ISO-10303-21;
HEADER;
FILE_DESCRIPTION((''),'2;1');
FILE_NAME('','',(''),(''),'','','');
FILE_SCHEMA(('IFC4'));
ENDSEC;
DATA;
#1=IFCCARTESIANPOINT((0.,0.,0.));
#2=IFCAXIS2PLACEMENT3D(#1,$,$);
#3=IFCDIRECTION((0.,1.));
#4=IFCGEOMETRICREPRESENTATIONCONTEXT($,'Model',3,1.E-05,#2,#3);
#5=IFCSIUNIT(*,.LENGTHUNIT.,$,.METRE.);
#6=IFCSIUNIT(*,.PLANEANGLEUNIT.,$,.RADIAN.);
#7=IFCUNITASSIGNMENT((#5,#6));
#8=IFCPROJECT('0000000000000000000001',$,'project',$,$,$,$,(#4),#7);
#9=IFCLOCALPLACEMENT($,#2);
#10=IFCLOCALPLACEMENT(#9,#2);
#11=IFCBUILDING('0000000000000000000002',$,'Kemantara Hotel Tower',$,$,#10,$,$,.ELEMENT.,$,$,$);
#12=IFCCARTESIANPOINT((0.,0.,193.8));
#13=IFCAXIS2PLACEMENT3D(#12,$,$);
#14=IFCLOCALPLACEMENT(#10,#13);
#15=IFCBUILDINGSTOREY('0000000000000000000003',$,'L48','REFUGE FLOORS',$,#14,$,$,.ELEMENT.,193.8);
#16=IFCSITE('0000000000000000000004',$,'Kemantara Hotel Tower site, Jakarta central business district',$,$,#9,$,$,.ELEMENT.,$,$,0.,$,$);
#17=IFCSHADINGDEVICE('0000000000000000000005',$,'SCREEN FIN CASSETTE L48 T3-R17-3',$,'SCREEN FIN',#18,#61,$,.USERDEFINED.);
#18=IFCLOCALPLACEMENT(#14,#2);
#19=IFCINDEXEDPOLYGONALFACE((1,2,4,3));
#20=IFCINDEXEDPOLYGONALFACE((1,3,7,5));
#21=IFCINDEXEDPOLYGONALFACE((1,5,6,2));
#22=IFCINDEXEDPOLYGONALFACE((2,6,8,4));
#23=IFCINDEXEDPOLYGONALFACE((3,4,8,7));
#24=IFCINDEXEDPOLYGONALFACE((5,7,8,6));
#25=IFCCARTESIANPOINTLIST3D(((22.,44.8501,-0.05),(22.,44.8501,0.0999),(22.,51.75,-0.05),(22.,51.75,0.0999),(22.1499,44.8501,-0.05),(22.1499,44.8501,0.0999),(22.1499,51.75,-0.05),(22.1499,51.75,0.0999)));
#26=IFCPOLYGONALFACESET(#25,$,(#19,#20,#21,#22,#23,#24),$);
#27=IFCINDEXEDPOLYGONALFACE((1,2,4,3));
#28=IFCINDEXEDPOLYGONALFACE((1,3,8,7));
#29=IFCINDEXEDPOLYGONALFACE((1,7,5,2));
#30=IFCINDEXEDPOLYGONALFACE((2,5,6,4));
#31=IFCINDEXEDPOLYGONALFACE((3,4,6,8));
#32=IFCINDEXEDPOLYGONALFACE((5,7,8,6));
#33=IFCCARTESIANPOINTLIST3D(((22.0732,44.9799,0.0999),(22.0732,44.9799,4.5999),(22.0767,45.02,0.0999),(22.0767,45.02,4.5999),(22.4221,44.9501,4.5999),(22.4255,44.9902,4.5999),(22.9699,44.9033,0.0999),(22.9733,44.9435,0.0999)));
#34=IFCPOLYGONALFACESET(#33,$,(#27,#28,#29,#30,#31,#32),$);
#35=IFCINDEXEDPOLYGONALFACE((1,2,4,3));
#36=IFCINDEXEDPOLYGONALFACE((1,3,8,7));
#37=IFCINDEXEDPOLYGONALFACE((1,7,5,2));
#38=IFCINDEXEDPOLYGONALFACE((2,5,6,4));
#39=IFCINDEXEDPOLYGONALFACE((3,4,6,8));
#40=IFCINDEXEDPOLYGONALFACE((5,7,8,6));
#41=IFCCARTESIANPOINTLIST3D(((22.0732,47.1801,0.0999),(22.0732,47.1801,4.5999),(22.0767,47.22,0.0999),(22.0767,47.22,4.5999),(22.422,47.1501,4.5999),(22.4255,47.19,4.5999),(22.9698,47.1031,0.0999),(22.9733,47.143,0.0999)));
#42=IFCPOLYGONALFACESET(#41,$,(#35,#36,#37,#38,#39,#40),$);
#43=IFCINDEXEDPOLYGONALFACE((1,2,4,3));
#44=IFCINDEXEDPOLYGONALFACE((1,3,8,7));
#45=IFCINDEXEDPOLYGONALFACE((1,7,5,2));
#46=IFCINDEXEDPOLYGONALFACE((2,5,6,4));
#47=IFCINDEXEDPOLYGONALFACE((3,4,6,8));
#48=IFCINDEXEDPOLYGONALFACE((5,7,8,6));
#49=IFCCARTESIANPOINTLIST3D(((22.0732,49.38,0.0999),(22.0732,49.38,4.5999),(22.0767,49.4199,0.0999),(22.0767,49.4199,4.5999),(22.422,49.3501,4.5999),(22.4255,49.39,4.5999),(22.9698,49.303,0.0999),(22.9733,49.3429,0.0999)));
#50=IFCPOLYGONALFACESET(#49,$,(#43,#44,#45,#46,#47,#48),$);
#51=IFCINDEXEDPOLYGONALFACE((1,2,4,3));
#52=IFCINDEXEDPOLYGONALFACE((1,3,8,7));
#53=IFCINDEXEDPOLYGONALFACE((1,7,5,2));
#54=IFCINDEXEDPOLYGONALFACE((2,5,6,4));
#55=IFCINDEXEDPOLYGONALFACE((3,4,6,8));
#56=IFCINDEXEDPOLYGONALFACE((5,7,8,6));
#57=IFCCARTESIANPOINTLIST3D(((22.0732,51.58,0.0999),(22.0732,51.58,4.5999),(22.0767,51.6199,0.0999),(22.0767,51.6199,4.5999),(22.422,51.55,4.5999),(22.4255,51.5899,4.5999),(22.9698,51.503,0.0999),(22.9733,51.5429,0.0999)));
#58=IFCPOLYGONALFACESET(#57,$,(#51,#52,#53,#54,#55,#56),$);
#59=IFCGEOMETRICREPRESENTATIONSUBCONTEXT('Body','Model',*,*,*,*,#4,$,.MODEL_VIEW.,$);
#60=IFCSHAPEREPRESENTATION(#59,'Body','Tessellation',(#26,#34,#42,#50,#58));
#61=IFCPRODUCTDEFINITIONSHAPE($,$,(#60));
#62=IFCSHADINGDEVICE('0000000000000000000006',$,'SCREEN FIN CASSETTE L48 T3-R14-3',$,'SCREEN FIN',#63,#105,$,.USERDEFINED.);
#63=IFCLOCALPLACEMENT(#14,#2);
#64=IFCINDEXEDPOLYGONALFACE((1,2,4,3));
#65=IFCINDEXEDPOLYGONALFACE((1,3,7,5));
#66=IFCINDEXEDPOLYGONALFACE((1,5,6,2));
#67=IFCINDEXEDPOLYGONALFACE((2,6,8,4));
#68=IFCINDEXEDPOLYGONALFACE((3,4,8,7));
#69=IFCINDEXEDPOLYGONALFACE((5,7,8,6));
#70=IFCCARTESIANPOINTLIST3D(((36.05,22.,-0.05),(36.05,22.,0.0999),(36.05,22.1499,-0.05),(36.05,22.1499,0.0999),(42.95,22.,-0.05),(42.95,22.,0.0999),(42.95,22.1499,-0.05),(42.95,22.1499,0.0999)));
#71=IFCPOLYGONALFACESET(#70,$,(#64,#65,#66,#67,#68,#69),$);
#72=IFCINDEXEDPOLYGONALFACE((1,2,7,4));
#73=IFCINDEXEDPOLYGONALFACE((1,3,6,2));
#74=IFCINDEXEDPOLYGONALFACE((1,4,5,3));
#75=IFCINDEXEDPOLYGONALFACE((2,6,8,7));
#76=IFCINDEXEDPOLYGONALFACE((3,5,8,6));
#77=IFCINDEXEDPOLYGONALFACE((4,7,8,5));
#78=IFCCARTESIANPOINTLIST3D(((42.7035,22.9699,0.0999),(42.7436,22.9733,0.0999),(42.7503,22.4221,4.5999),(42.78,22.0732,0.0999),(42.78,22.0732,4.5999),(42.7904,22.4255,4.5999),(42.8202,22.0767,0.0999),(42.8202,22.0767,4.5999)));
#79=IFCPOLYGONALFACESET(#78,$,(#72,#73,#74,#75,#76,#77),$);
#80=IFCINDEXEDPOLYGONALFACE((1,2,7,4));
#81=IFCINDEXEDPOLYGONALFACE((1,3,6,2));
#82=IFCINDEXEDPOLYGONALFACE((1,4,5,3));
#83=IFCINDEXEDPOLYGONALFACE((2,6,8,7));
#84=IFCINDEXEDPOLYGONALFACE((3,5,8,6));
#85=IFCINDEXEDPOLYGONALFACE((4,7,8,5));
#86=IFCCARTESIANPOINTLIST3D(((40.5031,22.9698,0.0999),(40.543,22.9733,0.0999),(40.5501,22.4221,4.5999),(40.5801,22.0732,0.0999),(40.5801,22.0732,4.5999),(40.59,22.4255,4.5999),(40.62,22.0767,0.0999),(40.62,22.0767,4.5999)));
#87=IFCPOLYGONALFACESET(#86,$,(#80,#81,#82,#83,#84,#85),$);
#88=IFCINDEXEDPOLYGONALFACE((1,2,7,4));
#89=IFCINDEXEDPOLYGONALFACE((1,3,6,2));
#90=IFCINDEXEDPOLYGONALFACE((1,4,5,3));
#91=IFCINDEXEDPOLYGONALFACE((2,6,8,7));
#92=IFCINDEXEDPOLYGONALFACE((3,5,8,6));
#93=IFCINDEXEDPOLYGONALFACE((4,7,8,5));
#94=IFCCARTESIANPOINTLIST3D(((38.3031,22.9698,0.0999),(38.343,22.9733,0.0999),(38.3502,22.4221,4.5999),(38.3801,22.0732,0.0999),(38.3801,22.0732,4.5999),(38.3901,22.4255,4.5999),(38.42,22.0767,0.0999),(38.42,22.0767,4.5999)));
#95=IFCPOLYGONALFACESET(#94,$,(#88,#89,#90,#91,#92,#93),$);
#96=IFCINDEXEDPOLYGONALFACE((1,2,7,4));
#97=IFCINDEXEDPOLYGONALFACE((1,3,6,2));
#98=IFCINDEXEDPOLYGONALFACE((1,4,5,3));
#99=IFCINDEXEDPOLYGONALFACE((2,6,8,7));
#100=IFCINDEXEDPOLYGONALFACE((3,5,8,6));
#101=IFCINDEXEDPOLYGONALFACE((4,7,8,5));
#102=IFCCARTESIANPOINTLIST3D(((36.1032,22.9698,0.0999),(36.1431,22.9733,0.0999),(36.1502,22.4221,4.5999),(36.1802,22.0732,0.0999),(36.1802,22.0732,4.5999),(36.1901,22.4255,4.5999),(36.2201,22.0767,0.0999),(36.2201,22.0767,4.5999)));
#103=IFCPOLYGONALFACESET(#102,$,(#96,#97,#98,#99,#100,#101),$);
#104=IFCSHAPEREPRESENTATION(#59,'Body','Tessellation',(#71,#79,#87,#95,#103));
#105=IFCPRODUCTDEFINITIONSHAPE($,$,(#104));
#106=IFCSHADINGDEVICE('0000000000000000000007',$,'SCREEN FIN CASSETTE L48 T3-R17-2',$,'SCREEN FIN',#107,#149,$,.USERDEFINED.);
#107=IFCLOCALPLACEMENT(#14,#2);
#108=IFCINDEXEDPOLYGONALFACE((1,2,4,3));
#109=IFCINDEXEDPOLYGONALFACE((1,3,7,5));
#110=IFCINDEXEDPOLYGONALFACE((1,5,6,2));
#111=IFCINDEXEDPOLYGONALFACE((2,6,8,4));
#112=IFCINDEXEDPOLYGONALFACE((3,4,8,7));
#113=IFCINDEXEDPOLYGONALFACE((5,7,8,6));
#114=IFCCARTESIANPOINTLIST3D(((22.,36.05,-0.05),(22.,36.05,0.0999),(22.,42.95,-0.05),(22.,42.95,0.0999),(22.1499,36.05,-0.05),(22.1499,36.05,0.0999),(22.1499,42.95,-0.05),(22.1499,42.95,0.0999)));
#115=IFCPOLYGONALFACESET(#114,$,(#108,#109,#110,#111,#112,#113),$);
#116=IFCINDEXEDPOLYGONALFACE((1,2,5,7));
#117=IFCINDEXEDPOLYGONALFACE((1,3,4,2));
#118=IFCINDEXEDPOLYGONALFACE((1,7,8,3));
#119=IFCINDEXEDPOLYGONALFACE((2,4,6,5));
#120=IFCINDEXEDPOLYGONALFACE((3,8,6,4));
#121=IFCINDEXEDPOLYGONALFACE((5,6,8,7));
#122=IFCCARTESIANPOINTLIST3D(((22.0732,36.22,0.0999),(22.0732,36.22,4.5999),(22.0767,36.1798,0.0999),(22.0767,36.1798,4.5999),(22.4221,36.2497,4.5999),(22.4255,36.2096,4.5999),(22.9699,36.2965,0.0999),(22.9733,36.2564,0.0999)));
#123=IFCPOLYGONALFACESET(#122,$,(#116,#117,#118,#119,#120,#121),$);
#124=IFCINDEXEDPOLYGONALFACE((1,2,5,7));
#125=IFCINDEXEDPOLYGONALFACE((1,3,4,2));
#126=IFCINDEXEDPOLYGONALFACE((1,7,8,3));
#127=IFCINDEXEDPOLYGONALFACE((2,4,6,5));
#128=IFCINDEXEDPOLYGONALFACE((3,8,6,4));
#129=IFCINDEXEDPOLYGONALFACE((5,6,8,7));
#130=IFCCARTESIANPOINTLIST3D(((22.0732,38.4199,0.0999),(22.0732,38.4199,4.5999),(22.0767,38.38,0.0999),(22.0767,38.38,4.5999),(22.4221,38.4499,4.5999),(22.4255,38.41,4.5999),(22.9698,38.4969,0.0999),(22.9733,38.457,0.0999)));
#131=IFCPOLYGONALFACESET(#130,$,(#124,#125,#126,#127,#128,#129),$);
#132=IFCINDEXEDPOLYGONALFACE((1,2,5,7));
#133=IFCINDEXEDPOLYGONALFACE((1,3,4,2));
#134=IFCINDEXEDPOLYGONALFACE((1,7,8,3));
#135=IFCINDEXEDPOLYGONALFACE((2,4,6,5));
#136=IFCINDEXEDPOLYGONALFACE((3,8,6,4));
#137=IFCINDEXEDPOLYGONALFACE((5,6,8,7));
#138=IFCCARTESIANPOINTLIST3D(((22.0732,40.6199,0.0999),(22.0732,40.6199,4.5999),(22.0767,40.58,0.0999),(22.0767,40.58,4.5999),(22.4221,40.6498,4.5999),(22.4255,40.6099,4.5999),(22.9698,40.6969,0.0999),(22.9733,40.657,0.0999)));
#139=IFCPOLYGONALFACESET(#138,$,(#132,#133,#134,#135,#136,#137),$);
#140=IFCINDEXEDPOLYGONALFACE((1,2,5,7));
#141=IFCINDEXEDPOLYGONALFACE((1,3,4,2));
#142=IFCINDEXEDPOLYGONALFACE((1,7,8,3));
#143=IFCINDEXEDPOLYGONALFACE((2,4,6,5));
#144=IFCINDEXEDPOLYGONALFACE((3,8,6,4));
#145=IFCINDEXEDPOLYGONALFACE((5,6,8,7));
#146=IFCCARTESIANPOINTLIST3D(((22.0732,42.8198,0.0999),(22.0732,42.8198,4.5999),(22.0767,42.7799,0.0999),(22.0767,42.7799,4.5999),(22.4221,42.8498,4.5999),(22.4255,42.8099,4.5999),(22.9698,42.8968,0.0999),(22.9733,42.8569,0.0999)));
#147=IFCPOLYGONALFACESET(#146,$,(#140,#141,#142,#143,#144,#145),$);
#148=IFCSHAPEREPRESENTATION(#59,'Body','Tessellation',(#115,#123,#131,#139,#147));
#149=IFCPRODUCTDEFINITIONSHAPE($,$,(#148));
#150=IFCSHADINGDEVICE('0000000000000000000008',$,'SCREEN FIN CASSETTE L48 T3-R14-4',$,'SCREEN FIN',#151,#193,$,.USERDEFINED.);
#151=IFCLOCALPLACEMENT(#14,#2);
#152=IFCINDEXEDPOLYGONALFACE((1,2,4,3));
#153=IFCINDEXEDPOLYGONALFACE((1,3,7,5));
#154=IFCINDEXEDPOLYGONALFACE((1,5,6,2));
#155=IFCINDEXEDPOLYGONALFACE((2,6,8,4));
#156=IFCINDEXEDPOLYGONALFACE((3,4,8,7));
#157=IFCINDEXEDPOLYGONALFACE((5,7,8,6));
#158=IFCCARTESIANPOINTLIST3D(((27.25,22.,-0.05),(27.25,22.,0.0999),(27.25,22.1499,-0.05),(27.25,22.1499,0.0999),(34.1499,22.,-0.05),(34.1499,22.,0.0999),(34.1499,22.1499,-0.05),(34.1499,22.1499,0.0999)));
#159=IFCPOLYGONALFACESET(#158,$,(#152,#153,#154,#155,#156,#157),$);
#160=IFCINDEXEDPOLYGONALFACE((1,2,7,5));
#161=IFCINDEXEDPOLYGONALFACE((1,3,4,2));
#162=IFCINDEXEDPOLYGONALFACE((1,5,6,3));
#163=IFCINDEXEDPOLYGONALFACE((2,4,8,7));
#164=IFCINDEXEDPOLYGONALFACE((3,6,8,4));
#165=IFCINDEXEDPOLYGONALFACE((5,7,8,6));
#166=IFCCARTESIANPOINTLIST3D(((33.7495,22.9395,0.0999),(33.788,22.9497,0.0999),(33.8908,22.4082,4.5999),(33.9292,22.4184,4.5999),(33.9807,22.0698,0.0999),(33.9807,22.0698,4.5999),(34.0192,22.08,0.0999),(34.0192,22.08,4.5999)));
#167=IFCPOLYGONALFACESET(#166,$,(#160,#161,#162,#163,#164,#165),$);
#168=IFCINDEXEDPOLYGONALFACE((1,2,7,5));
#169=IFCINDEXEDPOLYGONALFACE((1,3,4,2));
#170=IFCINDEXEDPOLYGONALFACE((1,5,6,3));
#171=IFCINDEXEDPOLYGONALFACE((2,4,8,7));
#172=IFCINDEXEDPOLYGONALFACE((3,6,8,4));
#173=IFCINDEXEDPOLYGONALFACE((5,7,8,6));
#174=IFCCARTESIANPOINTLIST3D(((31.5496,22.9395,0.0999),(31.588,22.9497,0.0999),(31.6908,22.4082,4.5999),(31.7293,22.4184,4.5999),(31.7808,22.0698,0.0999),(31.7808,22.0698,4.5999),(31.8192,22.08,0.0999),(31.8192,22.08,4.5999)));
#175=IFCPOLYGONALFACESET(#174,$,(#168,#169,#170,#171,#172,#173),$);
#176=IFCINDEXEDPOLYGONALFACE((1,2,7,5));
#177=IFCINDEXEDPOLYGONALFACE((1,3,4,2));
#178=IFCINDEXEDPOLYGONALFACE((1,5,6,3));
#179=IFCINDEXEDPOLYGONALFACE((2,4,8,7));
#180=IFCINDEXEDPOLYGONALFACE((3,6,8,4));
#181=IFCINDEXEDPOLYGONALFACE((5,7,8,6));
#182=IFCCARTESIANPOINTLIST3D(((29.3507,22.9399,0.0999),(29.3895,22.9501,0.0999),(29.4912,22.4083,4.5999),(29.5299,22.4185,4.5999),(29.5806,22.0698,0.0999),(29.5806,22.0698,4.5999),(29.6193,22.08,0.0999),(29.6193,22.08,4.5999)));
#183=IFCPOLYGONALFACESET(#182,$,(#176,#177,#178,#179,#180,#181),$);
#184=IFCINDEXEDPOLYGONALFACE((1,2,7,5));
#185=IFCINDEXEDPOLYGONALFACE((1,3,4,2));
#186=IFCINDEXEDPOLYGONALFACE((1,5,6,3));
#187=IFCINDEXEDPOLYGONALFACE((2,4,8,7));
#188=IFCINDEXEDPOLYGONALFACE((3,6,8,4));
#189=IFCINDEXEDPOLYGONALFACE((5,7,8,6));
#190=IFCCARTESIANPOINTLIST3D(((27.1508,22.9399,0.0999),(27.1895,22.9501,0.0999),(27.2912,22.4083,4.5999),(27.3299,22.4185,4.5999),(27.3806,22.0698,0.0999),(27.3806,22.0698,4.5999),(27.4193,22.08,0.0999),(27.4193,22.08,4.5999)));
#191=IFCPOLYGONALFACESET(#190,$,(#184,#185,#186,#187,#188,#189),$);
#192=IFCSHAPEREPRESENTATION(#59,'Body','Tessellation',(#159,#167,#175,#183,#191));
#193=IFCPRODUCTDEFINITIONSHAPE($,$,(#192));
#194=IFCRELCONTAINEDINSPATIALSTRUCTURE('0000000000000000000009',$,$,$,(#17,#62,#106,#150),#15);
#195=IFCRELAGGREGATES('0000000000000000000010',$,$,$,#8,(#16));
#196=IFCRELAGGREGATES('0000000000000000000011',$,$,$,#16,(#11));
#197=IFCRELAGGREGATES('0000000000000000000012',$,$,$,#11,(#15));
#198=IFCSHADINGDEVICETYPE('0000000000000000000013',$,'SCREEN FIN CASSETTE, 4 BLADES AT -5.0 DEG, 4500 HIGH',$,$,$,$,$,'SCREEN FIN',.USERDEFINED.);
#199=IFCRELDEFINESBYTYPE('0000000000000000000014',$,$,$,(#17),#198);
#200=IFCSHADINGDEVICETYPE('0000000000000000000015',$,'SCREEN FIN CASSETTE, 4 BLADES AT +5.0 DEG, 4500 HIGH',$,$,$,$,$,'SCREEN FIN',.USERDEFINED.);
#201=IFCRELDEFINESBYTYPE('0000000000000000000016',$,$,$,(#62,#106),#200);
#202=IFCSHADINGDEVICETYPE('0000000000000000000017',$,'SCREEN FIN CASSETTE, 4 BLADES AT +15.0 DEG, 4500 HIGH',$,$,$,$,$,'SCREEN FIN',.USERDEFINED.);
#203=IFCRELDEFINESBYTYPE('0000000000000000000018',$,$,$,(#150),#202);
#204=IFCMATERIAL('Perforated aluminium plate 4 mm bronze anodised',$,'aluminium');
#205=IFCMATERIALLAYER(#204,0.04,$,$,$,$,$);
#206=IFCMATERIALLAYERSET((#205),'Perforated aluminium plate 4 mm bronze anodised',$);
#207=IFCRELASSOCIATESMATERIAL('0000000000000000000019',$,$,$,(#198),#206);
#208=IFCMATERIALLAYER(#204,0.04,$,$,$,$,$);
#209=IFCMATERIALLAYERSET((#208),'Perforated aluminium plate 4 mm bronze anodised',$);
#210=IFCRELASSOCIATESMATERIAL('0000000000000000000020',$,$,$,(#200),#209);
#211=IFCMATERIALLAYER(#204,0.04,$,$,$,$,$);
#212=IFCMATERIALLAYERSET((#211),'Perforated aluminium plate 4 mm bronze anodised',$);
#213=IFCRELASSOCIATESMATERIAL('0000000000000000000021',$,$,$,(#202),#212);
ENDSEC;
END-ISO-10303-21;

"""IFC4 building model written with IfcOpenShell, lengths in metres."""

from ifc_helpers import new_model, si_unit, direction, frame, origin, origin_2d, place, context, subcontext, project, spatial, polyline, rectangle, outline, extrude, source, transform, mapped, material, layer, layer_set, type_object, element, save


model = new_model("IFC4")

# Units and contexts
model_context = context("Model", 3, precision=1e-05, world=origin(), true_north=direction((0.0, 1.0)))
body_context = subcontext(model_context, "Body", "Model", "MODEL_VIEW")
ifc_project = project(units=[si_unit("LENGTHUNIT", "METRE"), si_unit("PLANEANGLEUNIT", "RADIAN")], contexts=[model_context])

# Site, building, storey
site_placement = place(None, origin())
site = spatial("IfcSite", under=ifc_project, at=site_placement, Name="Kemantara Hotel Tower site, Jakarta central business district", CompositionType="ELEMENT", RefElevation=0.0)
building_placement = place(site_placement, origin())
building = spatial("IfcBuilding", under=site, at=building_placement, Name="Kemantara Hotel Tower", CompositionType="ELEMENT")
storey_placement = place(building_placement, frame((0.0, 0.0, 193.8)))
storey = spatial("IfcBuildingStorey", under=building, at=storey_placement, Name="L48", Description="REFUGE FLOORS", CompositionType="ELEMENT", Elevation=193.8)

# Shading devices
ifc_material_1 = material(Name="Perforated aluminium plate 4 mm bronze anodised", Category="aluminium")
ifc_layer_1 = layer(ifc_material_1, 0.04)
ifc_layer_set_1 = layer_set([ifc_layer_1], Name="Perforated aluminium plate 4 mm bronze anodised")
shading_device_type_1 = type_object("IfcShadingDeviceType", Name="SCREEN FIN CASSETTE, 4 BLADES AT -5.0 DEG, 4500 HIGH", ElementType="SCREEN FIN", PredefinedType="USERDEFINED", material=ifc_layer_set_1)
shared_shape_1 = source(origin(), body_context, "Body", "SweptSolid", [
    extrude(rectangle(XDim=6.8999, YDim=0.1499, at=origin_2d()), frame((3.3, -0.075, -0.1499), z_axis=(0.0, 0.0, 1.0), x_axis=(1.0, 0.0, 0.0)), (0.0, 0.0, 1.0), 0.1499),
    extrude(outline(polyline([(0.0, 0.0), (0.8999, 0.0), (0.3501, 4.5), (0.0, 4.5), (0.0, 0.0)])), frame((0.02, -0.0767, 0.0), z_axis=(-0.996376, 0.085056, 0.0), x_axis=(-0.085056, -0.996376, 0.0)), (0.0, 0.0, 1.0), 0.0403),
    extrude(outline(polyline([(0.0, 0.0), (0.8999, 0.0), (0.3501, 4.5), (0.0, 4.5), (0.0, 0.0)])), frame((2.22, -0.0767, 0.0), z_axis=(-0.996332, 0.085575, 0.0), x_axis=(-0.085575, -0.996332, 0.0)), (0.0, 0.0, 1.0), 0.04),
    extrude(outline(polyline([(0.0, 0.0), (0.8999, 0.0), (0.3501, 4.5), (0.0, 4.5), (0.0, 0.0)])), frame((4.4199, -0.0767, 0.0), z_axis=(-0.996332, 0.085575, 0.0), x_axis=(-0.085575, -0.996332, 0.0)), (0.0, 0.0, 1.0), 0.04),
    extrude(outline(polyline([(0.0, 0.0), (0.8999, 0.0), (0.3501, 4.5), (0.0, 4.5), (0.0, 0.0)])), frame((6.6199, -0.0767, 0.0), z_axis=(-0.996332, 0.085575, 0.0), x_axis=(-0.085575, -0.996332, 0.0)), (0.0, 0.0, 1.0), 0.04),
])
for number, where, z_axis, x_axis, name in (
    (1, (22.0, 45.0, 0.0999), (0.0, 0.0, 1.0), (0.0, 1.0, 0.0), "SCREEN FIN CASSETTE L48 T3-R17-3"),
):
    element("IfcShadingDevice", number, at=place(storey_placement, frame(where, z_axis=z_axis, x_axis=x_axis)), inside=storey, type_object=shading_device_type_1, Name=name, ObjectType="SCREEN FIN", PredefinedType="USERDEFINED", context=body_context, shape_type="MappedRepresentation", body=[
        mapped(shared_shape_1, transform((0.0, 0.0, 0.0))),
    ])
ifc_layer_2 = layer(ifc_material_1, 0.04)
ifc_layer_set_2 = layer_set([ifc_layer_2], Name="Perforated aluminium plate 4 mm bronze anodised")
shading_device_type_2 = type_object("IfcShadingDeviceType", Name="SCREEN FIN CASSETTE, 4 BLADES AT +5.0 DEG, 4500 HIGH", ElementType="SCREEN FIN", PredefinedType="USERDEFINED", material=ifc_layer_set_2)
shared_shape_2 = source(origin(), body_context, "Body", "SweptSolid", [
    extrude(rectangle(XDim=6.8999, YDim=0.1499, at=origin_2d()), frame((3.3, -0.075, -0.1499), z_axis=(0.0, 0.0, 1.0), x_axis=(1.0, 0.0, 0.0)), (0.0, 0.0, 1.0), 0.1499),
    extrude(outline(polyline([(0.0, 0.0), (0.8999, 0.0), (0.3501, 4.5), (0.0, 4.5), (0.0, 0.0)])), frame((0.02, -0.0732, 0.0), z_axis=(-0.996376, -0.085056, 0.0), x_axis=(0.085056, -0.996376, 0.0)), (0.0, 0.0, 1.0), 0.0403),
    extrude(outline(polyline([(0.0, 0.0), (0.8999, 0.0), (0.3501, 4.5), (0.0, 4.5), (0.0, 0.0)])), frame((2.22, -0.0732, 0.0), z_axis=(-0.996332, -0.085575, 0.0), x_axis=(0.085575, -0.996332, 0.0)), (0.0, 0.0, 1.0), 0.04),
    extrude(outline(polyline([(0.0, 0.0), (0.8999, 0.0), (0.3501, 4.5), (0.0, 4.5), (0.0, 0.0)])), frame((4.4199, -0.0732, 0.0), z_axis=(-0.996332, -0.085575, 0.0), x_axis=(0.085575, -0.996332, 0.0)), (0.0, 0.0, 1.0), 0.04),
    extrude(outline(polyline([(0.0, 0.0), (0.8999, 0.0), (0.3501, 4.5), (0.0, 4.5), (0.0, 0.0)])), frame((6.6199, -0.0732, 0.0), z_axis=(-0.996332, -0.085575, 0.0), x_axis=(0.085575, -0.996332, 0.0)), (0.0, 0.0, 1.0), 0.04),
])
for number, where, z_axis, x_axis, name in (
    (2, (42.8, 22.0, 0.0999), (0.0, 0.0, 1.0), (-1.0, 0.0, 0.0), "SCREEN FIN CASSETTE L48 T3-R14-3"),
    (3, (22.0, 36.2, 0.0999), (0.0, 0.0, 1.0), (0.0, 1.0, 0.0), "SCREEN FIN CASSETTE L48 T3-R17-2"),
):
    element("IfcShadingDevice", number, at=place(storey_placement, frame(where, z_axis=z_axis, x_axis=x_axis)), inside=storey, type_object=shading_device_type_2, Name=name, ObjectType="SCREEN FIN", PredefinedType="USERDEFINED", context=body_context, shape_type="MappedRepresentation", body=[
        mapped(shared_shape_2, transform((0.0, 0.0, 0.0))),
    ])
ifc_layer_3 = layer(ifc_material_1, 0.04)
ifc_layer_set_3 = layer_set([ifc_layer_3], Name="Perforated aluminium plate 4 mm bronze anodised")
shading_device_type_3 = type_object("IfcShadingDeviceType", Name="SCREEN FIN CASSETTE, 4 BLADES AT +15.0 DEG, 4500 HIGH", ElementType="SCREEN FIN", PredefinedType="USERDEFINED", material=ifc_layer_set_3)
shared_shape_3 = source(origin(), body_context, "Body", "SweptSolid", [
    extrude(rectangle(XDim=6.8999, YDim=0.1499, at=origin_2d()), frame((3.3, -0.075, -0.1499), z_axis=(0.0, 0.0, 1.0), x_axis=(1.0, 0.0, 0.0)), (0.0, 0.0, 1.0), 0.1499),
    extrude(outline(polyline([(0.0, 0.0), (0.8999, 0.0), (0.3501, 4.5), (0.0, 4.5), (0.0, 0.0)])), frame((0.0193, -0.0698, 0.0), z_axis=(-0.966438, -0.256901, 0.0), x_axis=(0.256901, -0.966438, 0.0)), (0.0, 0.0, 1.0), 0.0398),
    extrude(outline(polyline([(0.0, 0.0), (0.8999, 0.0), (0.3501, 4.5), (0.0, 4.5), (0.0, 0.0)])), frame((2.2192, -0.0698, 0.0), z_axis=(-0.966438, -0.256901, 0.0), x_axis=(0.256901, -0.966438, 0.0)), (0.0, 0.0, 1.0), 0.0398),
    extrude(outline(polyline([(0.0, 0.0), (0.8999, 0.0), (0.3501, 4.5), (0.0, 4.5), (0.0, 0.0)])), frame((4.4194, -0.0698, 0.0), z_axis=(-0.966838, -0.255391, 0.0), x_axis=(0.255391, -0.966838, 0.0)), (0.0, 0.0, 1.0), 0.04),
    extrude(outline(polyline([(0.0, 0.0), (0.8999, 0.0), (0.3501, 4.5), (0.0, 4.5), (0.0, 0.0)])), frame((6.6194, -0.0698, 0.0), z_axis=(-0.966838, -0.255391, 0.0), x_axis=(0.255391, -0.966838, 0.0)), (0.0, 0.0, 1.0), 0.04),
])
for number, where, z_axis, x_axis, name in (
    (4, (34.0, 22.0, 0.0999), (0.0, 0.0, 1.0), (-1.0, 0.0, 0.0), "SCREEN FIN CASSETTE L48 T3-R14-4"),
):
    element("IfcShadingDevice", number, at=place(storey_placement, frame(where, z_axis=z_axis, x_axis=x_axis)), inside=storey, type_object=shading_device_type_3, Name=name, ObjectType="SCREEN FIN", PredefinedType="USERDEFINED", context=body_context, shape_type="MappedRepresentation", body=[
        mapped(shared_shape_3, transform((0.0, 0.0, 0.0))),
    ])

save(model, "model.ifc")
